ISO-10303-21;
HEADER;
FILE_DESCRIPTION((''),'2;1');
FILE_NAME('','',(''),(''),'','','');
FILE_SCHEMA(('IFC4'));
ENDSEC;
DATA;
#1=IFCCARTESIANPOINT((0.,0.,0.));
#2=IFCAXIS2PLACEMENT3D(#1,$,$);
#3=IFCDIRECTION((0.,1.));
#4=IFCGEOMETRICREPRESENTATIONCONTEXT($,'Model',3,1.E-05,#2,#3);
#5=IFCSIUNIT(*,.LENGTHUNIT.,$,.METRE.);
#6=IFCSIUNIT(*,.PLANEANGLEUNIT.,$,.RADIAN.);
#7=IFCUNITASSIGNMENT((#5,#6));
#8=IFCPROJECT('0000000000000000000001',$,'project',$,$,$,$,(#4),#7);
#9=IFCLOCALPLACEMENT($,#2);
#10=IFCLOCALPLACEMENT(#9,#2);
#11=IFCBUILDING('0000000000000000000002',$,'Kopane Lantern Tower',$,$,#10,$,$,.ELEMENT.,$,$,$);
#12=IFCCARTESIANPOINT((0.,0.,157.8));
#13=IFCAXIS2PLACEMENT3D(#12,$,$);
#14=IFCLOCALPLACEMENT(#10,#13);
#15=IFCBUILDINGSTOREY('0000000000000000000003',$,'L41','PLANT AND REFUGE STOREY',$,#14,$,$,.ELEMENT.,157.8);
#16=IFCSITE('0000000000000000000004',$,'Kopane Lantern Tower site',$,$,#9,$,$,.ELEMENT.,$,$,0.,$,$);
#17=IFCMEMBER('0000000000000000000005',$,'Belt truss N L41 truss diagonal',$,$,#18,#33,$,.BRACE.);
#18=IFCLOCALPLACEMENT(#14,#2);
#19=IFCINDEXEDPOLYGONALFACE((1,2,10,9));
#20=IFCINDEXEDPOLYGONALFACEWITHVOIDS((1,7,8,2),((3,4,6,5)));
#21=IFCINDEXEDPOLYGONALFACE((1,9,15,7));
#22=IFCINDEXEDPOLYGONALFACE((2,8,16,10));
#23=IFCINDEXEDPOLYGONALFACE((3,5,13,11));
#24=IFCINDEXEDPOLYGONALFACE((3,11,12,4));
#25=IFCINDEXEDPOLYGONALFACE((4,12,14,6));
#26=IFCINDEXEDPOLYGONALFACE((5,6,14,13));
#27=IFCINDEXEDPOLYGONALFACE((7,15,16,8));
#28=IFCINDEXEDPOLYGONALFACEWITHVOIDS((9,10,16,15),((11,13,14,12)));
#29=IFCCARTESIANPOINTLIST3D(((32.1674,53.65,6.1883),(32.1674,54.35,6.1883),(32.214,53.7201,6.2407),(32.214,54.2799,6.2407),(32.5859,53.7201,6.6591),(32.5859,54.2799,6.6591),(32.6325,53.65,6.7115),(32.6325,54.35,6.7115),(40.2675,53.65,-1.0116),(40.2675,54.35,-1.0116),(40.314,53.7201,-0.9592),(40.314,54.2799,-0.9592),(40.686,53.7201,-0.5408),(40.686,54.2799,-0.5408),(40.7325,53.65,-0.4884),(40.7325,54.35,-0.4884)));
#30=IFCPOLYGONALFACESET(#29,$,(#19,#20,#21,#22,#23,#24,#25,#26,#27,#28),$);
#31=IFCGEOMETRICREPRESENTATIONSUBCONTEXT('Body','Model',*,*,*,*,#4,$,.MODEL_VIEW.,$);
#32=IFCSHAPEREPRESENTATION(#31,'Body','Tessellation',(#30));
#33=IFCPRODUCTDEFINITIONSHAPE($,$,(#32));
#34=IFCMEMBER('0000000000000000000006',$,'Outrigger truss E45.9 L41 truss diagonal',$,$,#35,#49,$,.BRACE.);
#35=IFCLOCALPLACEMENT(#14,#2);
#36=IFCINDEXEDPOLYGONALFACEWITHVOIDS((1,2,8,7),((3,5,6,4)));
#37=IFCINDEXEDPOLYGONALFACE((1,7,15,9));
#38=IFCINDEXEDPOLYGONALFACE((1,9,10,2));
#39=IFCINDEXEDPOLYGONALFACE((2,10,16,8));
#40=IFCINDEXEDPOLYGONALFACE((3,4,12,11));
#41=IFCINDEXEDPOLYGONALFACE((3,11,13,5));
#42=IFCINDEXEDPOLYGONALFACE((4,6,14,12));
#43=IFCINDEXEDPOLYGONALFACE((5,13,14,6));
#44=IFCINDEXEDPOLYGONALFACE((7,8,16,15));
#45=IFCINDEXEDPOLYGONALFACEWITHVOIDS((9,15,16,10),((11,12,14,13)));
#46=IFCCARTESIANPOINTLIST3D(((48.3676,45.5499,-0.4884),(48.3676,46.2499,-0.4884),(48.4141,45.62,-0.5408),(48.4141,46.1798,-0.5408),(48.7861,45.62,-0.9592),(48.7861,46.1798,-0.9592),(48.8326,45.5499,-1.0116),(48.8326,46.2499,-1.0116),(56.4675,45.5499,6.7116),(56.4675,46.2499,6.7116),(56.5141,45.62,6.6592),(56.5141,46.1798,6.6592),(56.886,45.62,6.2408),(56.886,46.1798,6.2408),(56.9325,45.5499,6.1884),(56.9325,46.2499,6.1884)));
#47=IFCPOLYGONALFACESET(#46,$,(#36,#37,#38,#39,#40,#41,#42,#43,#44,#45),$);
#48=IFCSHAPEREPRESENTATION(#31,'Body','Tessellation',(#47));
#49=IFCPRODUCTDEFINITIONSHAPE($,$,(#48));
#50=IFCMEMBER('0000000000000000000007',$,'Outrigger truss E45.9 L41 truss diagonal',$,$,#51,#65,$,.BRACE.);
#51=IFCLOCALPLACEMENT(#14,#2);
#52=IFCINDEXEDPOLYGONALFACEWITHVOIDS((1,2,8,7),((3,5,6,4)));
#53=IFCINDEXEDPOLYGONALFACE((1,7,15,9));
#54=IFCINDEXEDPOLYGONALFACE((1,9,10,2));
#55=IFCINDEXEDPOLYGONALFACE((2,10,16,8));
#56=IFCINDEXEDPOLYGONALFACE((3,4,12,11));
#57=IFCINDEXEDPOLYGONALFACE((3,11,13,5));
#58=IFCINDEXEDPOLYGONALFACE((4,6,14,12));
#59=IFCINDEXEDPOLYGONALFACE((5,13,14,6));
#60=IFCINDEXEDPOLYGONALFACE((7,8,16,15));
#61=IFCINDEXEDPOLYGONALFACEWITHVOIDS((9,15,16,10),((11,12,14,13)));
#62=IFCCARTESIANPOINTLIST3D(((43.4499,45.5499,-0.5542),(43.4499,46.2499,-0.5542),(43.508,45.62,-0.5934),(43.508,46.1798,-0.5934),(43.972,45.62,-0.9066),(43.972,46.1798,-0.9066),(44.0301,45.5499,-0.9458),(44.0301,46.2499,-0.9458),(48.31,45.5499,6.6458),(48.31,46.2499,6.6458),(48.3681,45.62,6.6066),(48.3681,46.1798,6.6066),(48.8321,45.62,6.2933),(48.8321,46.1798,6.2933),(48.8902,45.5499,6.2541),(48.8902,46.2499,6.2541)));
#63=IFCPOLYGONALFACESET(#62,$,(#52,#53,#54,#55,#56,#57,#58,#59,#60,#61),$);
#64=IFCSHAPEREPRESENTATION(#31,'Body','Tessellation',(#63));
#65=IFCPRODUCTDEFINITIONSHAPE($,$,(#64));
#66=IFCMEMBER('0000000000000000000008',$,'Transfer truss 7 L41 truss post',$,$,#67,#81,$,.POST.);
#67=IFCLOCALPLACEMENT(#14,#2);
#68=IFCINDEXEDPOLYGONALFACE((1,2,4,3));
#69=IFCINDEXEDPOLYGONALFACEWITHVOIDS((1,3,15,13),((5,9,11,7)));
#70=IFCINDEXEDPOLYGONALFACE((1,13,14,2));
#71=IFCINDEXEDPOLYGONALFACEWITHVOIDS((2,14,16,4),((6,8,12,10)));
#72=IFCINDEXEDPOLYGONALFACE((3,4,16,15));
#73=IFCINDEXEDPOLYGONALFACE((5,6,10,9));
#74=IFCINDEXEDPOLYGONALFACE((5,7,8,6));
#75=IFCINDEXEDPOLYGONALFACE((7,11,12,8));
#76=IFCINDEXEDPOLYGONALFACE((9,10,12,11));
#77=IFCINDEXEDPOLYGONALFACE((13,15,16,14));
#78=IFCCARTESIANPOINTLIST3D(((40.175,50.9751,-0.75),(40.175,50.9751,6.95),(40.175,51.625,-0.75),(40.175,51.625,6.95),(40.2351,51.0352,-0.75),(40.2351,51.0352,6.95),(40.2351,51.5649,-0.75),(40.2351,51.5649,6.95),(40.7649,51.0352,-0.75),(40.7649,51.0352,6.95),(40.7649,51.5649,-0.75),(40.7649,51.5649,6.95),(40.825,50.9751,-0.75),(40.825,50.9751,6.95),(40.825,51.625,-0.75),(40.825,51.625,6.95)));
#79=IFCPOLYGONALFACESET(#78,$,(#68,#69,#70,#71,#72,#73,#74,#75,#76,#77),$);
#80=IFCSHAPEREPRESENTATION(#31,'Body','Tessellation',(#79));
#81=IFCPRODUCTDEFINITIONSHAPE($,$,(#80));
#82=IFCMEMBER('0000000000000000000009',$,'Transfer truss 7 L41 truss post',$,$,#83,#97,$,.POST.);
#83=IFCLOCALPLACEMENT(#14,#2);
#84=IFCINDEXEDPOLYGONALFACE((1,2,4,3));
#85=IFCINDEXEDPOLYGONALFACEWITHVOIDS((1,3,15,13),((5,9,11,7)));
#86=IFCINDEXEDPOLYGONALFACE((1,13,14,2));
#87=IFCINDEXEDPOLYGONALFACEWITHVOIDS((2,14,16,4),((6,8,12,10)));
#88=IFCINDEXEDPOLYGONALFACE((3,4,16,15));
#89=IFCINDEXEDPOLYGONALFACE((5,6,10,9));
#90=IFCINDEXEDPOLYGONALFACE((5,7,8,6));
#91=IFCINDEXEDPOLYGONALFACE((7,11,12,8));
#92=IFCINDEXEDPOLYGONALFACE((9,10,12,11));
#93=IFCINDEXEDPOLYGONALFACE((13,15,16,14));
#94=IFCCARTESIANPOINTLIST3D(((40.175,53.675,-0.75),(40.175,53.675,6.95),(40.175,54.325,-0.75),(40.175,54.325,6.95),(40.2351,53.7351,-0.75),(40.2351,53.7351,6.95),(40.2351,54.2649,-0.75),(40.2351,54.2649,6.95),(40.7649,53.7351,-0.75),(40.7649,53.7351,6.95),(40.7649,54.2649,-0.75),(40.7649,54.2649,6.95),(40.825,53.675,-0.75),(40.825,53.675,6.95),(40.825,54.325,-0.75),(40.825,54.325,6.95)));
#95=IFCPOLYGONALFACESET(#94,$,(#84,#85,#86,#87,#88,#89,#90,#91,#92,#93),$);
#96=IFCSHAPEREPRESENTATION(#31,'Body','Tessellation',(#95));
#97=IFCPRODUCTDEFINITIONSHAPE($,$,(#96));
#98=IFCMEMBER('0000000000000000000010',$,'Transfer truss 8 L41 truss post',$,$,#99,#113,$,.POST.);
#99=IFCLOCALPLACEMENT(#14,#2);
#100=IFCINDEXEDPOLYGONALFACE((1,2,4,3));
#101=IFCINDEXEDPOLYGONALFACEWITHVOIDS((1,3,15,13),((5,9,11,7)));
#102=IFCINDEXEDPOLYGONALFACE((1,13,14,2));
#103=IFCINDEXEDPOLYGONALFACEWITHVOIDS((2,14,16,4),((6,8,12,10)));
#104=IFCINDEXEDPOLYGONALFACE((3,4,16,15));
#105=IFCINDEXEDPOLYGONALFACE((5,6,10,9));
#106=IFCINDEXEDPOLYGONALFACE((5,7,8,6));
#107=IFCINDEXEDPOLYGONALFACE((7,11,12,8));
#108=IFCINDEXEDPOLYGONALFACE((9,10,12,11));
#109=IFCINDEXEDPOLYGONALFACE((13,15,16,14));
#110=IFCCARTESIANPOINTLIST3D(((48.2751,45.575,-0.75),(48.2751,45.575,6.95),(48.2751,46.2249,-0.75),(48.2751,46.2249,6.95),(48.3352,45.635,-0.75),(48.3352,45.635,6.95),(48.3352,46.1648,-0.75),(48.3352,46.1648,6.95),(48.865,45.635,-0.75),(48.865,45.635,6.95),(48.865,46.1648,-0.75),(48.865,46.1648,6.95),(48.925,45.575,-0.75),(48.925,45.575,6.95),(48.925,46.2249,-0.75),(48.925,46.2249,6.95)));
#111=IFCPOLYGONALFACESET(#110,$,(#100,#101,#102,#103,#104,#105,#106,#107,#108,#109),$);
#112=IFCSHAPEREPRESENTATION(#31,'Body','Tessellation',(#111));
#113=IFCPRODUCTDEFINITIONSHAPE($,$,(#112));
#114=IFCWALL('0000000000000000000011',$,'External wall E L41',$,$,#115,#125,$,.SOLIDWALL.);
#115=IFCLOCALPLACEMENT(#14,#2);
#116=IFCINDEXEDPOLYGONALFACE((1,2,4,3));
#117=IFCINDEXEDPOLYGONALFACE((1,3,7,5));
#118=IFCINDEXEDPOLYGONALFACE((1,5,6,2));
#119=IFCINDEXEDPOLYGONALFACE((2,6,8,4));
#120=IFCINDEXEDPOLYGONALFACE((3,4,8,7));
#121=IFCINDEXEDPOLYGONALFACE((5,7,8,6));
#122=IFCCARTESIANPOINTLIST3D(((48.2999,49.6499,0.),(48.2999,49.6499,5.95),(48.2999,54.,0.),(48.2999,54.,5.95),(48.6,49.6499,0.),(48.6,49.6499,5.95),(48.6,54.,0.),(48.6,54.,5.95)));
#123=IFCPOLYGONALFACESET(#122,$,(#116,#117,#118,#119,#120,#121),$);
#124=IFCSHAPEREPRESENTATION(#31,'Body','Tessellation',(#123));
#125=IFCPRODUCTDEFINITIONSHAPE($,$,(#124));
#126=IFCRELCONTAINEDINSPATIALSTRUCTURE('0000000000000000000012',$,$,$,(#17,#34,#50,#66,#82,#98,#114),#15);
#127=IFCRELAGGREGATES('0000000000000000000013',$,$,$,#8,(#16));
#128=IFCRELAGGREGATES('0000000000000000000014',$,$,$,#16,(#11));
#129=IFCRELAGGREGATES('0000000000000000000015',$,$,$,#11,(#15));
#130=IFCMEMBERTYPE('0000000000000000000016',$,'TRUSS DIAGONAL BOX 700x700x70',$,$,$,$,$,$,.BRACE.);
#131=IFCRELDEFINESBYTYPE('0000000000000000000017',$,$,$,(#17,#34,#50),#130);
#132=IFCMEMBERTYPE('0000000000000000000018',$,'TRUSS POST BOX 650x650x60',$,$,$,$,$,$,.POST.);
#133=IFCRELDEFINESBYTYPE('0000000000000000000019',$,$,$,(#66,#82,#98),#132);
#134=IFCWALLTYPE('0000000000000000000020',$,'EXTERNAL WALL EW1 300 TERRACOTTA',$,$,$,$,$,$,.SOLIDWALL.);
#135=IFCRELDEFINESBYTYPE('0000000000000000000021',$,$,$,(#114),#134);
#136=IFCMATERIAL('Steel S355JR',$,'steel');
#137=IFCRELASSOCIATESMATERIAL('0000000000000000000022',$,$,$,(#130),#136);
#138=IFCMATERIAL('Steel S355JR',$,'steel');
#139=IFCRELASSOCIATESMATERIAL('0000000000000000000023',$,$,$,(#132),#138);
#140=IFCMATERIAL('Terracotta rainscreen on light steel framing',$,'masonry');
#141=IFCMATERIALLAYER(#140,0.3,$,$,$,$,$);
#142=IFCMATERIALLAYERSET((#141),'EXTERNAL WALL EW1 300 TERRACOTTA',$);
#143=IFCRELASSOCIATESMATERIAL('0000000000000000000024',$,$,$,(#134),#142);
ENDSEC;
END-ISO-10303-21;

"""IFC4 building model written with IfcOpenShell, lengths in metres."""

from ifc_helpers import new_model, si_unit, direction, frame, frame_2d, origin, origin_2d, place, context, subcontext, project, spatial, rectangle, hollow_rectangle, extrude, material, layer, layer_set, material_profile, profile_set, type_object, element, save


model = new_model("IFC4")

# Units and contexts
model_context = context("Model", 3, precision=1e-05, world=origin(), true_north=direction((0.0, 1.0)))
body_context = subcontext(model_context, "Body", "Model", "MODEL_VIEW")
ifc_project = project(units=[si_unit("LENGTHUNIT", "METRE"), si_unit("PLANEANGLEUNIT", "RADIAN")], contexts=[model_context])

# Site, building, storey
site_placement = place(None, origin())
site = spatial("IfcSite", under=ifc_project, at=site_placement, Name="Kopane Lantern Tower site", CompositionType="ELEMENT", RefElevation=0.0)
building_placement = place(site_placement, origin())
building = spatial("IfcBuilding", under=site, at=building_placement, Name="Kopane Lantern Tower", CompositionType="ELEMENT")
storey_placement = place(building_placement, frame((0.0, 0.0, 157.8)))
storey = spatial("IfcBuildingStorey", under=building, at=storey_placement, Name="L41", Description="PLANT AND REFUGE STOREY", CompositionType="ELEMENT", Elevation=157.8)

# Members
ifc_material_1 = material(Name="Steel S355JR", Category="steel")
ifc_material_profile_1 = material_profile(ifc_material_1, hollow_rectangle(XDim=0.7, YDim=0.7, WallThickness=0.0701, at=origin_2d()), Name="BOX 700x700x70")
ifc_profile_set_1 = profile_set([ifc_material_profile_1], Name="Steel S355JR")
member_type_1 = type_object("IfcMemberType", Name="TRUSS DIAGONAL BOX 700x700x70", PredefinedType="BRACE", material=ifc_profile_set_1)
for number, where, z_axis, x_axis, name in (
    (1, (40.5, 54.0, -0.75), (-0.747416, 0.0, 0.664357), (0.0, -1.0, 0.0), "Belt truss N L41 truss diagonal"),
    (2, (48.6001, 45.8999, -0.75), (0.747406, 0.0, 0.664368), (0.0, 1.0, 0.0), "Outrigger truss E45.9 L41 truss diagonal"),
):
    element("IfcMember", number, at=place(storey_placement, frame(where, z_axis=z_axis, x_axis=x_axis)), inside=storey, type_object=member_type_1, Name=name, PredefinedType="BRACE", context=body_context, shape_type="SweptSolid", body=[
        extrude(hollow_rectangle(XDim=0.7, YDim=0.7, WallThickness=0.0701, at=origin_2d()), origin(), (0.0, 0.0, 1.0), 10.8374),
    ])
member_1_placement = place(storey_placement, frame((48.6001, 45.8999, 6.45), z_axis=(-0.559484, 0.0, -0.828841), x_axis=(0.0, -1.0, 0.0)))
element("IfcMember", 3, at=member_1_placement, inside=storey, type_object=member_type_1, Name="Outrigger truss E45.9 L41 truss diagonal", PredefinedType="BRACE", context=body_context, shape_type="SweptSolid", body=[
    extrude(hollow_rectangle(XDim=0.7, YDim=0.7, WallThickness=0.0701, at=origin_2d()), origin(), (0.0, 0.0, 1.0), 8.6868),
])
ifc_material_2 = material(Name="Steel S355JR", Category="steel")
ifc_material_profile_2 = material_profile(ifc_material_2, hollow_rectangle(XDim=0.6499, YDim=0.6499, WallThickness=0.0601, at=origin_2d()), Name="BOX 650x650x60")
ifc_profile_set_2 = profile_set([ifc_material_profile_2], Name="Steel S355JR")
member_type_2 = type_object("IfcMemberType", Name="TRUSS POST BOX 650x650x60", PredefinedType="POST", material=ifc_profile_set_2)
for number, where, z_axis, x_axis, name in (
    (4, (40.5, 51.3, -0.75), (0.0, 0.0, 1.0), (1.0, 0.0, 0.0), "Transfer truss 7 L41 truss post"),
    (5, (40.5, 54.0, -0.75), (0.0, 0.0, 1.0), (1.0, 0.0, 0.0), "Transfer truss 7 L41 truss post"),
    (6, (48.6001, 45.8999, -0.75), (0.0, 0.0, 1.0), (1.0, 0.0, 0.0), "Transfer truss 8 L41 truss post"),
):
    element("IfcMember", number, at=place(storey_placement, frame(where, z_axis=z_axis, x_axis=x_axis)), inside=storey, type_object=member_type_2, Name=name, PredefinedType="POST", context=body_context, shape_type="SweptSolid", body=[
        extrude(hollow_rectangle(XDim=0.6499, YDim=0.6499, WallThickness=0.0601, at=origin_2d()), origin(), (0.0, 0.0, 1.0), 7.7),
    ])

# Wall
ifc_material_3 = material(Name="Terracotta rainscreen on light steel framing", Category="masonry")
ifc_layer = layer(ifc_material_3, 0.3)
ifc_layer_set = layer_set([ifc_layer], Name="EXTERNAL WALL EW1 300 TERRACOTTA")
wall_type = type_object("IfcWallType", Name="EXTERNAL WALL EW1 300 TERRACOTTA", PredefinedType="SOLIDWALL", material=ifc_layer_set)
wall_1_placement = place(storey_placement, frame((48.45, 49.6499, 0.0), z_axis=(0.0, 0.0, 1.0), x_axis=(0.0, 1.0, 0.0)))
element("IfcWall", 7, at=wall_1_placement, inside=storey, type_object=wall_type, Name="External wall E L41", PredefinedType="SOLIDWALL", context=body_context, shape_type="SweptSolid", body=[
    extrude(rectangle(XDim=4.3501, YDim=0.3, at=frame_2d((2.175, 0.0))), origin(), (0.0, 0.0, 1.0), 5.95),
])

save(model, "model.ifc")
